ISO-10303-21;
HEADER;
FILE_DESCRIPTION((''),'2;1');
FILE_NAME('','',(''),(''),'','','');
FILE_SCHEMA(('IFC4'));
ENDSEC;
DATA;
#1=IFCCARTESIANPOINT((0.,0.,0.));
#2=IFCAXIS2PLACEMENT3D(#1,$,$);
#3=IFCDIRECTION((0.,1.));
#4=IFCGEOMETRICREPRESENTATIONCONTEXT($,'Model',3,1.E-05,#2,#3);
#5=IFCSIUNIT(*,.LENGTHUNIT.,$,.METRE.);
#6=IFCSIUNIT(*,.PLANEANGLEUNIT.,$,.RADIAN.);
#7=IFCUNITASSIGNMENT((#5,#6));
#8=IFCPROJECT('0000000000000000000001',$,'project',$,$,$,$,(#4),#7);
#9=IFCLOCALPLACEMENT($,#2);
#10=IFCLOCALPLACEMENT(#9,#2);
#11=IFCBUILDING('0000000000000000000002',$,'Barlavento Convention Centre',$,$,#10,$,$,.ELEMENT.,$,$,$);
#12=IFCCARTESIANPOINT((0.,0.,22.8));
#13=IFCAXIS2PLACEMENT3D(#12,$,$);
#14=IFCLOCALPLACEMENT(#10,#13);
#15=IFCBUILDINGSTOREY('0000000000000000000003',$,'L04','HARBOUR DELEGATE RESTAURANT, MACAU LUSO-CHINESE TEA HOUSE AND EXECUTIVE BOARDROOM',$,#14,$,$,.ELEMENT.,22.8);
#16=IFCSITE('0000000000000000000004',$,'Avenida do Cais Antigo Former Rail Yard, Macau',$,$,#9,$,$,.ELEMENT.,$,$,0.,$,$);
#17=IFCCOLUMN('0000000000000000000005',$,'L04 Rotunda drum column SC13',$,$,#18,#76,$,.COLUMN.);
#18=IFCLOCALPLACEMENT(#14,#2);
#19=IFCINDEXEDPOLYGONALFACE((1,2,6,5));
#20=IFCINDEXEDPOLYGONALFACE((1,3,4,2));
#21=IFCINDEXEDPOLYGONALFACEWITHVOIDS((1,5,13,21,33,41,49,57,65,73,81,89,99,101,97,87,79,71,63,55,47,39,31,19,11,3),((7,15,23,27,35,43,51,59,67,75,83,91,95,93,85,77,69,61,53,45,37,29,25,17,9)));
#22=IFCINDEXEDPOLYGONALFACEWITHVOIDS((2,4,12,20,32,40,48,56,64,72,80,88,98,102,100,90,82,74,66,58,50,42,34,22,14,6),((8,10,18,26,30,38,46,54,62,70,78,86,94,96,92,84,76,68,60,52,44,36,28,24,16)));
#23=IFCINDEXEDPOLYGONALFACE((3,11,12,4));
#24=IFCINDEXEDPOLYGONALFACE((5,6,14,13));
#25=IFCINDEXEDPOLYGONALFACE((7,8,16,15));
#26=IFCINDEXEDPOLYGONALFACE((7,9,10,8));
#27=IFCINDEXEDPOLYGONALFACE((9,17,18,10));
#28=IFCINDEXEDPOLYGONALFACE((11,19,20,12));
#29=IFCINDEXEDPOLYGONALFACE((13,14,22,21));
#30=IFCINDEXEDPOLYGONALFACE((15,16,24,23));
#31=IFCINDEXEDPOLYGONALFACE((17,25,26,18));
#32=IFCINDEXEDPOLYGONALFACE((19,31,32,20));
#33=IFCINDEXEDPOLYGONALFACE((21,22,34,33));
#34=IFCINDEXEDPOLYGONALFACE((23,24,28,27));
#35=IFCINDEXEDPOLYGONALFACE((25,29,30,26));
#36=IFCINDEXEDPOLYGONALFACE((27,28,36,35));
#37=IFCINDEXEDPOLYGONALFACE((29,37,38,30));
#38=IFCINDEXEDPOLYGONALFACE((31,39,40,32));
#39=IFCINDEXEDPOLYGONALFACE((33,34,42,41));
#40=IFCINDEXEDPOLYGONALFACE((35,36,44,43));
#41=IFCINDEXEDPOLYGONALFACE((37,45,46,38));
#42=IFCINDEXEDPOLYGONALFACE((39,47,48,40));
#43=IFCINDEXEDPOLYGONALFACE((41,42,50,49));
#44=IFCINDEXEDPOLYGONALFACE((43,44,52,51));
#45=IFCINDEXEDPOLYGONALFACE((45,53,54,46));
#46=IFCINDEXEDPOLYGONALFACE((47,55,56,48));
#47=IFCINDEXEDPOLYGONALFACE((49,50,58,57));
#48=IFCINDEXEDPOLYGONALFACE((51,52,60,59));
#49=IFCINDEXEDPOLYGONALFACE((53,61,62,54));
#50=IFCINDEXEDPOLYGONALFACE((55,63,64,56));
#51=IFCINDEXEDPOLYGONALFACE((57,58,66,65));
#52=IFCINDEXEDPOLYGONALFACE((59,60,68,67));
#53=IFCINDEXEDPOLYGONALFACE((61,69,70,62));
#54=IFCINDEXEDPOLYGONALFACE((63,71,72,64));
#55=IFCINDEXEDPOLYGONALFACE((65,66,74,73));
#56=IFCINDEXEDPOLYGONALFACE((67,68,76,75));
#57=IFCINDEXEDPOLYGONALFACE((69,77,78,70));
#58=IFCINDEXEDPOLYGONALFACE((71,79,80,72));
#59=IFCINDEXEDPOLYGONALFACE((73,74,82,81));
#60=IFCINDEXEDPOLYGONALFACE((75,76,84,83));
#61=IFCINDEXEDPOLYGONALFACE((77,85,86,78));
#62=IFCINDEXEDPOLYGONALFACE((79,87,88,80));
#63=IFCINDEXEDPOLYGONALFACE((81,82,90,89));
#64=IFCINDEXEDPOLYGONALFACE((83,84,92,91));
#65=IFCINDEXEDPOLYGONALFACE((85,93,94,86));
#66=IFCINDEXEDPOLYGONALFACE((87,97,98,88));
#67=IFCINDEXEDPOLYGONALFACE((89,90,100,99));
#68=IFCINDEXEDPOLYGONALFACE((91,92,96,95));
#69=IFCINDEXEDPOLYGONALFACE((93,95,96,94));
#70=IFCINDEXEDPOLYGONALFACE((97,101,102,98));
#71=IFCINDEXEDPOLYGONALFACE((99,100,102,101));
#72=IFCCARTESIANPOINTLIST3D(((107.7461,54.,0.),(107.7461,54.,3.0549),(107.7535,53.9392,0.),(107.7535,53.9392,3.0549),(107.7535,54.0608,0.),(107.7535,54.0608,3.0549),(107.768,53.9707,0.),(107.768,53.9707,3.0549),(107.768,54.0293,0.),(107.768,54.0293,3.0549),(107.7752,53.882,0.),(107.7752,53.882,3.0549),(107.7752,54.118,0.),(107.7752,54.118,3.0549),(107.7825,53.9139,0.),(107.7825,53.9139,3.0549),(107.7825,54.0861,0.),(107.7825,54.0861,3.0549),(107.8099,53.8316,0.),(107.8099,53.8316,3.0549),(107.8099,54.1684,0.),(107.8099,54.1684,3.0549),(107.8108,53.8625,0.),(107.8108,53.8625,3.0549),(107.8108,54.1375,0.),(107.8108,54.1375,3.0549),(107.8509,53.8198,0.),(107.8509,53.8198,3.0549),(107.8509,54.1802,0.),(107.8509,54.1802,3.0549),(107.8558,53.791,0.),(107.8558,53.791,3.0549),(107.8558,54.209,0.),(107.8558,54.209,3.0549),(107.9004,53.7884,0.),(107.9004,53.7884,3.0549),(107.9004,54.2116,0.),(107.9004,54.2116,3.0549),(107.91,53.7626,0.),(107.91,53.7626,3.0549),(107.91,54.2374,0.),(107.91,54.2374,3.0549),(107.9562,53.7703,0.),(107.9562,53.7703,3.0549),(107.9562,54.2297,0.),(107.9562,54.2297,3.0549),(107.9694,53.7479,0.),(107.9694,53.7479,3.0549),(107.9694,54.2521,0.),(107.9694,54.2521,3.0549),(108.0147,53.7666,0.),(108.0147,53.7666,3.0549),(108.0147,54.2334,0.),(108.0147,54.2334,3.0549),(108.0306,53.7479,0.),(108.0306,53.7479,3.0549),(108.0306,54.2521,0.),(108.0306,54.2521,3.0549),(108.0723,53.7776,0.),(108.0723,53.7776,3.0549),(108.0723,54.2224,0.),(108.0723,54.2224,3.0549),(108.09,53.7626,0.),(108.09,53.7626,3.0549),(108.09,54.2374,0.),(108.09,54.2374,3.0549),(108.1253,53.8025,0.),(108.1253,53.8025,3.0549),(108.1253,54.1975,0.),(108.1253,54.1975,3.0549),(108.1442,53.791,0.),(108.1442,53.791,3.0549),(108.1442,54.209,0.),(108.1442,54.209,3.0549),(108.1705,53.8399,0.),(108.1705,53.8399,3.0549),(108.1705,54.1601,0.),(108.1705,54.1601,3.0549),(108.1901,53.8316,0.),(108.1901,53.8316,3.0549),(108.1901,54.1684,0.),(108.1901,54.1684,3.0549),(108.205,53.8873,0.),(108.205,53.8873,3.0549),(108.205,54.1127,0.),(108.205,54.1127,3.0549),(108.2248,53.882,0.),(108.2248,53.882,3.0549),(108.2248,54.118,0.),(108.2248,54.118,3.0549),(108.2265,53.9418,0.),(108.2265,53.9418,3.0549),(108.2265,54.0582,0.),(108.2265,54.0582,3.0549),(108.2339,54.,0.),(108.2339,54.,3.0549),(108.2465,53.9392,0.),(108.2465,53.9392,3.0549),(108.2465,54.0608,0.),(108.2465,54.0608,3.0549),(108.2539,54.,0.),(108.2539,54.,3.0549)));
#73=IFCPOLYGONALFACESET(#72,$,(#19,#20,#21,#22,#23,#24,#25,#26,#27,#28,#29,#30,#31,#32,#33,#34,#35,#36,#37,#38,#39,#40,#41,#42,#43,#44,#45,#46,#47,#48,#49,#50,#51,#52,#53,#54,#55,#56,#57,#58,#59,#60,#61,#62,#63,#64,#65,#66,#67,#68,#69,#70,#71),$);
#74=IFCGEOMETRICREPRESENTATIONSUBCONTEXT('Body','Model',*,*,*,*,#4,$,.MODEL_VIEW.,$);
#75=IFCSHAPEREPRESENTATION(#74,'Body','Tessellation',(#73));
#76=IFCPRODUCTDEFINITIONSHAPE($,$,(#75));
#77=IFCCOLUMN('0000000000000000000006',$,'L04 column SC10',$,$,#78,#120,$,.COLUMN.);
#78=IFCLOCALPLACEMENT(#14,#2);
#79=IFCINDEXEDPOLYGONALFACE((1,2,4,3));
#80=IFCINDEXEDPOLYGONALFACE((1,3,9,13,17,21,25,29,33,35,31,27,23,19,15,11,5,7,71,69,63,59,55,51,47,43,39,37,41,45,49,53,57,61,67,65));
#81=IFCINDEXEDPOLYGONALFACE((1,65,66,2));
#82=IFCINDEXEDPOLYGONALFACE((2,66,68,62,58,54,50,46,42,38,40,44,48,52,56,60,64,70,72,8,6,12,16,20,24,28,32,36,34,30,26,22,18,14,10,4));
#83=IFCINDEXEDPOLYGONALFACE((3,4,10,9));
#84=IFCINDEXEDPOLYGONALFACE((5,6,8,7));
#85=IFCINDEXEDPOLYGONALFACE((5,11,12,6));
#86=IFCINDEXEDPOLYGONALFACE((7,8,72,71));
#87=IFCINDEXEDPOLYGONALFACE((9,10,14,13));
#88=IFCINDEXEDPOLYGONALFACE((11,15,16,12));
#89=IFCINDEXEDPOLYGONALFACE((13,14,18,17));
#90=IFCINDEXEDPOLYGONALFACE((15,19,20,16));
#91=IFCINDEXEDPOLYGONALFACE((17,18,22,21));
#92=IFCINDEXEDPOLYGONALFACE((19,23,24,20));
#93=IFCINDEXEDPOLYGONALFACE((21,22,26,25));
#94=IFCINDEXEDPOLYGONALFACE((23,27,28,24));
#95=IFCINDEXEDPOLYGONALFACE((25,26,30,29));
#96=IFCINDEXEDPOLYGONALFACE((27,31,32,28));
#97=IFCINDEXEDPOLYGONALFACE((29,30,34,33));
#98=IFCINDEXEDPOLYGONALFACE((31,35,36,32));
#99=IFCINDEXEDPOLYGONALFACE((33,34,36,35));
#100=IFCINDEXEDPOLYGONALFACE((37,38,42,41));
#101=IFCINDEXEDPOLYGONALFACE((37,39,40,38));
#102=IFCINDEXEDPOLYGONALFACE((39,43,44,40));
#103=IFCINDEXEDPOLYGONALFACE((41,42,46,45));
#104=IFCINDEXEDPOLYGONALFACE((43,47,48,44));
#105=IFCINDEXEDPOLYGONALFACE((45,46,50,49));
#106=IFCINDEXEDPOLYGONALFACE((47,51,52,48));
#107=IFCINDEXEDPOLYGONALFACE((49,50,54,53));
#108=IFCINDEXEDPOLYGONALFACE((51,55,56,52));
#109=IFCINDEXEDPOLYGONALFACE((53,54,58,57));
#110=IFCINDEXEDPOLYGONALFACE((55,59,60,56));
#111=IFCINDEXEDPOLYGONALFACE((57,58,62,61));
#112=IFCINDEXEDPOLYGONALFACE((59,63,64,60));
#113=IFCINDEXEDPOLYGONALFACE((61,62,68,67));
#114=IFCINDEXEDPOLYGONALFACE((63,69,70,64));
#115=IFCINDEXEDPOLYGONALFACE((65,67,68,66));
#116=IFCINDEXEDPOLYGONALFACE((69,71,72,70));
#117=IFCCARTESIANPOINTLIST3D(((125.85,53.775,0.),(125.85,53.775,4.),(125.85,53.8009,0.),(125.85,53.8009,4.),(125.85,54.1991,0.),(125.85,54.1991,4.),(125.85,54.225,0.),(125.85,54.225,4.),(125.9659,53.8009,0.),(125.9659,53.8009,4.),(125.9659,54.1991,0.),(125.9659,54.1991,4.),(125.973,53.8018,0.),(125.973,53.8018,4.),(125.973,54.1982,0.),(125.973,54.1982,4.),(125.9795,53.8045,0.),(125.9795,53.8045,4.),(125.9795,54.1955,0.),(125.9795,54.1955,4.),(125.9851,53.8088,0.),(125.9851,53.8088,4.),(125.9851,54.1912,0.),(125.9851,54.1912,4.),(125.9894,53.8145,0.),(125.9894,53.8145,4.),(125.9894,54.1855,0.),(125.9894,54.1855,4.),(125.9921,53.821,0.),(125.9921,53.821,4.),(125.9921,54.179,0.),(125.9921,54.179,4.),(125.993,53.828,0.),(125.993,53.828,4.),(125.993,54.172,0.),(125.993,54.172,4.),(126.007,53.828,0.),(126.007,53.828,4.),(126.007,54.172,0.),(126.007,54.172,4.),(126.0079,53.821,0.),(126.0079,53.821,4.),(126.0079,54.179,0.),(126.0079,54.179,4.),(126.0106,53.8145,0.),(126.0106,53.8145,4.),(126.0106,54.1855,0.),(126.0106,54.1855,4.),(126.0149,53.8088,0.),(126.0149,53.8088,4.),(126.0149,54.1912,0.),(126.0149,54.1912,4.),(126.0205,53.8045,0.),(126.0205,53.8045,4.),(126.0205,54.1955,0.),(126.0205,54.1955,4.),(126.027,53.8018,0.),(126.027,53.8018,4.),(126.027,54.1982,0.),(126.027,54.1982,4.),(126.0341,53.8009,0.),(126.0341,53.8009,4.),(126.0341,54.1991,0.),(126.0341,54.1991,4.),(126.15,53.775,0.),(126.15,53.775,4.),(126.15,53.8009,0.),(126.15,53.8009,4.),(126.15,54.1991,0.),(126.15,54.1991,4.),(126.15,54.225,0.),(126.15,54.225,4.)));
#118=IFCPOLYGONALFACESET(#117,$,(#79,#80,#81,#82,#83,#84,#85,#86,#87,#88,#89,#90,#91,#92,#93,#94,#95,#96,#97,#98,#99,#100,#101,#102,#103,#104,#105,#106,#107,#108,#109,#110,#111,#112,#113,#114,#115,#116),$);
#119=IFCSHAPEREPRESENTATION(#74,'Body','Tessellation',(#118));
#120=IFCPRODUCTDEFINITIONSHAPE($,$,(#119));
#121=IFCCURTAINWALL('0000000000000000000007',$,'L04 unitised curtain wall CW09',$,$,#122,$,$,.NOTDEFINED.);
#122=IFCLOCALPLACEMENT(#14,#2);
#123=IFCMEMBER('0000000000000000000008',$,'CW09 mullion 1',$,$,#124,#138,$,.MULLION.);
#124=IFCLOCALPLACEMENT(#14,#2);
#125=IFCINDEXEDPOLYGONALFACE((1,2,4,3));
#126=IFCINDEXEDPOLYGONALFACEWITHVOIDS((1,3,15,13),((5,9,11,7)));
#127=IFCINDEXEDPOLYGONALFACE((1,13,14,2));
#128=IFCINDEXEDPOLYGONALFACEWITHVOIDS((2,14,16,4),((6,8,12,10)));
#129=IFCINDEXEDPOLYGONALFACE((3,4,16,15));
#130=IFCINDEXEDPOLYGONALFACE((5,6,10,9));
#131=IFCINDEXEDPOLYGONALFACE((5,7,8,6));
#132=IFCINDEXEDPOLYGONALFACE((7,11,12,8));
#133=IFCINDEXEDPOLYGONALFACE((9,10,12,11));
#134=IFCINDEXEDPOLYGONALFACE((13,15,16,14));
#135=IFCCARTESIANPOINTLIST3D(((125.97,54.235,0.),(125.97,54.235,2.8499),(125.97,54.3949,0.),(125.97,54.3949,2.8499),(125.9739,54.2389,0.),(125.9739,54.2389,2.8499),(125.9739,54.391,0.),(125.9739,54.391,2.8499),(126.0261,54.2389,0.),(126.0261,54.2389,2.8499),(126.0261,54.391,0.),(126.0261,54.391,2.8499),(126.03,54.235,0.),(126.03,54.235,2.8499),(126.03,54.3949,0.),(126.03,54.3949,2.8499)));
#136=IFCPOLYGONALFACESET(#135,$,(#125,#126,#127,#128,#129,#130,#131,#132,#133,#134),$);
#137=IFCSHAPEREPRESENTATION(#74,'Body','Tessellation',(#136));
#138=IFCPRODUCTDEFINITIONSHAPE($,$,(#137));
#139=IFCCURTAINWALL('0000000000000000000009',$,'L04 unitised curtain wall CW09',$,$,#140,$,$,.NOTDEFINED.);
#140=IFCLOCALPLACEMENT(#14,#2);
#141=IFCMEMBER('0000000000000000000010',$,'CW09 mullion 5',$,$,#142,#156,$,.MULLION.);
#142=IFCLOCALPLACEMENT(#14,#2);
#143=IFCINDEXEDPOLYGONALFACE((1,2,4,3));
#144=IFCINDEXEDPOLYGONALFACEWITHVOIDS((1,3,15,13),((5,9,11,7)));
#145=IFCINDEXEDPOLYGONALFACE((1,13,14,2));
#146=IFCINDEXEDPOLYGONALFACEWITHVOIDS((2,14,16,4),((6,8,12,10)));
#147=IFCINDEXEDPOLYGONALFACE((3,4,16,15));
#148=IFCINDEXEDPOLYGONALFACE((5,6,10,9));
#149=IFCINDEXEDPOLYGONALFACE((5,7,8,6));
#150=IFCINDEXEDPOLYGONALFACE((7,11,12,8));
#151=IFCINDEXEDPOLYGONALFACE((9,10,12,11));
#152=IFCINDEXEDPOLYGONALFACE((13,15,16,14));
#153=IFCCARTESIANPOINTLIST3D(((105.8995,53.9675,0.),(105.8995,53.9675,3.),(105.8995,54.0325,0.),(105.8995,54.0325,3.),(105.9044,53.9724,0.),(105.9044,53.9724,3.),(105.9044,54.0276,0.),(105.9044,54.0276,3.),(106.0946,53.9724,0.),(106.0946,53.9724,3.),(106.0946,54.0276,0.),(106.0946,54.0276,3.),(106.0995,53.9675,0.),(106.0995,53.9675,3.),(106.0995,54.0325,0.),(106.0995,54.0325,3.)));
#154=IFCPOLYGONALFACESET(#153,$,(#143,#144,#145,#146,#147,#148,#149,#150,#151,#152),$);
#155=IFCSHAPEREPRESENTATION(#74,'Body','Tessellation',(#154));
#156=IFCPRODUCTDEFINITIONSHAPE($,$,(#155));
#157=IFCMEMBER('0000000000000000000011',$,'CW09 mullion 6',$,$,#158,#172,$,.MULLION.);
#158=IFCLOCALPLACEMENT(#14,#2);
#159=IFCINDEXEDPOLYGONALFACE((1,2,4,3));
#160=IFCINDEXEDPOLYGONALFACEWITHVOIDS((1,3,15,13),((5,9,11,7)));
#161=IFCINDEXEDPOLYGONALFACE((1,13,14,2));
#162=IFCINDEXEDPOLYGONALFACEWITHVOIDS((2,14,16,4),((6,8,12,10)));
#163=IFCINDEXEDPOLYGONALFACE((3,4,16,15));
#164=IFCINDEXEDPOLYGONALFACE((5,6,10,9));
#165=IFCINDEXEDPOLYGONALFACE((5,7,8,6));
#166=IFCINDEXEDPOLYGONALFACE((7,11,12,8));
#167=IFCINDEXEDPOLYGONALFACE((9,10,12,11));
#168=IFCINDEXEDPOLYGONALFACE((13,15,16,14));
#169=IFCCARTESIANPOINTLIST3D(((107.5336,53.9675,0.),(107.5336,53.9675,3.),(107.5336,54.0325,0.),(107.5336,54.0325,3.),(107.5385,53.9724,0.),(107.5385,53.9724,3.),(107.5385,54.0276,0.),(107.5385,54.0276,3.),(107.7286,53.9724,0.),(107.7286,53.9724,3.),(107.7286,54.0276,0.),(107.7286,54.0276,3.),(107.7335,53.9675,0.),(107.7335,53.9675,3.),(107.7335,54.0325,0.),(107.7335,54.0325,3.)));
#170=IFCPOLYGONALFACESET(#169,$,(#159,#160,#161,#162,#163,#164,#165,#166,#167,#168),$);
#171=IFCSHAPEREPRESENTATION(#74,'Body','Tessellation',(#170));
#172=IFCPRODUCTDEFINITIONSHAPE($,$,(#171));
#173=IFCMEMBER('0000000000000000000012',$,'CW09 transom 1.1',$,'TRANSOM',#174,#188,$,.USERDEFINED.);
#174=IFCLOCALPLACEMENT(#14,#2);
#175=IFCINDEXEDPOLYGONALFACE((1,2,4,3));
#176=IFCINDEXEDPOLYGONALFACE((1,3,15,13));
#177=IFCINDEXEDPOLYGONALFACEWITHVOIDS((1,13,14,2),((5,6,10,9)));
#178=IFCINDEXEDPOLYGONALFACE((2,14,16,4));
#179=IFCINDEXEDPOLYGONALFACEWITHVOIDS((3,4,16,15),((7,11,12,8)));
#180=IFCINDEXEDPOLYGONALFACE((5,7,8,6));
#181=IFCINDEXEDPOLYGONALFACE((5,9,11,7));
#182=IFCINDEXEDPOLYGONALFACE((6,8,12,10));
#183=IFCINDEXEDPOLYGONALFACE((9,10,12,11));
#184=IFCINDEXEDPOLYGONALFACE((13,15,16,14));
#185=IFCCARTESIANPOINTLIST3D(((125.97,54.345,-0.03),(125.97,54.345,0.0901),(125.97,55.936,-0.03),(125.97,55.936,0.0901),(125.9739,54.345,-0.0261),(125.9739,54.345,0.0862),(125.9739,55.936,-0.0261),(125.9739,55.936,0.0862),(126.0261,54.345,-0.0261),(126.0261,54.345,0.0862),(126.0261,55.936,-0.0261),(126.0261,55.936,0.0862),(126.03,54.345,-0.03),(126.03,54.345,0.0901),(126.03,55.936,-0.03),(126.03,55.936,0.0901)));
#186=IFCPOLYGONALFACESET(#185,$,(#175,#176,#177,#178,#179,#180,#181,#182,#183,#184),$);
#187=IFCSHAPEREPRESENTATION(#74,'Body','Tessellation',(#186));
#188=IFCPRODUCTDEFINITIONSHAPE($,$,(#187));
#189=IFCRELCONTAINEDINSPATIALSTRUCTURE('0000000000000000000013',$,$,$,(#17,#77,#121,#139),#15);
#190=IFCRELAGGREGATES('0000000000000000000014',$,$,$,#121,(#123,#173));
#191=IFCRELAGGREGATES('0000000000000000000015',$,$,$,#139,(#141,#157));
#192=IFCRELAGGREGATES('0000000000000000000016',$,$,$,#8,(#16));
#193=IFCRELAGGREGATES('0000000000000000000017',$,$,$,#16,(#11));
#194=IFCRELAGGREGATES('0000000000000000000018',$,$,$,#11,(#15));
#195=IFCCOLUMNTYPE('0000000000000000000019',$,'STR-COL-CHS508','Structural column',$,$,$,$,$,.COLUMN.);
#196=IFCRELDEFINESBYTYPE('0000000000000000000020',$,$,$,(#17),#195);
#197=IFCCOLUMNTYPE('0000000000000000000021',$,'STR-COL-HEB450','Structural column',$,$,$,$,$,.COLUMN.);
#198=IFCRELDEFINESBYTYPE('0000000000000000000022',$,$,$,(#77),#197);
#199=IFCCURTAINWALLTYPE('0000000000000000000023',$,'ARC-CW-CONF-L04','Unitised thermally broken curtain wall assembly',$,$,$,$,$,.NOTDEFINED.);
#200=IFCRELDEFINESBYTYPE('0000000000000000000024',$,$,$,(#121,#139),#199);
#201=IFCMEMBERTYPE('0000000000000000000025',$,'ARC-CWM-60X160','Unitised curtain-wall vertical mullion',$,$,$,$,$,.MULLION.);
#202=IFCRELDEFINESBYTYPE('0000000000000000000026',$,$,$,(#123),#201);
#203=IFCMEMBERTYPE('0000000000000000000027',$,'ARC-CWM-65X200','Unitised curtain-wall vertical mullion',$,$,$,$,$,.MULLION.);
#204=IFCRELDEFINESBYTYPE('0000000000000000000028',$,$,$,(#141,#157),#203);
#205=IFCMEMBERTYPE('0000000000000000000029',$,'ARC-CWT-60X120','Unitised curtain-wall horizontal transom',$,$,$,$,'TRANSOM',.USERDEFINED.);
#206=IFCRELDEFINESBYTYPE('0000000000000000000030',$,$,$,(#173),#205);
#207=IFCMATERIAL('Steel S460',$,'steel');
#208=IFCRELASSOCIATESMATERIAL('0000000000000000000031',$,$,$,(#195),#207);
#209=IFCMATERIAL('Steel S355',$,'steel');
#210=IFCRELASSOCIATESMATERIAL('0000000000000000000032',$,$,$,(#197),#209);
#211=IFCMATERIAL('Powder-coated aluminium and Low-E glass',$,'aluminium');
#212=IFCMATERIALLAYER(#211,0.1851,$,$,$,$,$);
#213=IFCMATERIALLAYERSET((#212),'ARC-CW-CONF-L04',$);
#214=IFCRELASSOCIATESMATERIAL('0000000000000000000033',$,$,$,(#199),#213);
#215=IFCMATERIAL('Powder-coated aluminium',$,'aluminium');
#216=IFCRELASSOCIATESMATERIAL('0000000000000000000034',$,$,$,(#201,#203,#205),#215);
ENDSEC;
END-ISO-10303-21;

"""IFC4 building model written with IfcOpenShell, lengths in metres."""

from ifc_helpers import new_model, si_unit, direction, frame, origin, origin_2d, place, context, subcontext, project, spatial, hollow_rectangle, hollow_circle, i_section, extrude, material, layer, layer_set, material_profile, profile_set, type_object, element, aggregate, save


model = new_model("IFC4")

# Units and contexts
model_context = context("Model", 3, precision=1e-05, world=origin(), true_north=direction((0.0, 1.0)))
body_context = subcontext(model_context, "Body", "Model", "MODEL_VIEW")
ifc_project = project(units=[si_unit("LENGTHUNIT", "METRE"), si_unit("PLANEANGLEUNIT", "RADIAN")], contexts=[model_context])

# Site, building, storey
site_placement = place(None, origin())
site = spatial("IfcSite", under=ifc_project, at=site_placement, Name="Avenida do Cais Antigo Former Rail Yard, Macau", CompositionType="ELEMENT", RefElevation=0.0)
building_placement = place(site_placement, origin())
building = spatial("IfcBuilding", under=site, at=building_placement, Name="Barlavento Convention Centre", CompositionType="ELEMENT")
storey_placement = place(building_placement, frame((0.0, 0.0, 22.8)))
storey = spatial("IfcBuildingStorey", under=building, at=storey_placement, Name="L04", Description="HARBOUR DELEGATE RESTAURANT, MACAU LUSO-CHINESE TEA HOUSE AND EXECUTIVE BOARDROOM", CompositionType="ELEMENT", Elevation=22.8)

# Columns
ifc_material_1 = material(Name="Steel S460", Category="steel")
ifc_material_profile_1 = material_profile(ifc_material_1, hollow_circle(Radius=0.2539, WallThickness=0.02, at=origin_2d()), Name="CHS 508.0x20.0")
ifc_profile_set_1 = profile_set([ifc_material_profile_1], Name="Steel S460")
column_type_1 = type_object("IfcColumnType", Name="STR-COL-CHS508", Description="Structural column", PredefinedType="COLUMN", material=ifc_profile_set_1)
column_1_placement = place(storey_placement, frame((108.0, 54.0, 0.0), z_axis=(0.0, 0.0, 1.0), x_axis=(1.0, 0.0, 0.0)))
element("IfcColumn", 1, at=column_1_placement, inside=storey, type_object=column_type_1, Name="L04 Rotunda drum column SC13", PredefinedType="COLUMN", context=body_context, shape_type="SweptSolid", body=[
    extrude(hollow_circle(Radius=0.2539, WallThickness=0.02, at=origin_2d()), origin(), (0.0, 0.0, 1.0), 3.0549),
])
ifc_material_2 = material(Name="Steel S355", Category="steel")
ifc_material_profile_2 = material_profile(ifc_material_2, i_section(OverallWidth=0.3, OverallDepth=0.45, WebThickness=0.0139, FlangeThickness=0.0259, FilletRadius=0.0271, at=origin_2d()), Name="HEB 450")
ifc_profile_set_2 = profile_set([ifc_material_profile_2], Name="Steel S355")
column_type_2 = type_object("IfcColumnType", Name="STR-COL-HEB450", Description="Structural column", PredefinedType="COLUMN", material=ifc_profile_set_2)
column_2_placement = place(storey_placement, frame((126.0, 54.0, 0.0), z_axis=(0.0, 0.0, 1.0), x_axis=(1.0, 0.0, 0.0)))
element("IfcColumn", 2, at=column_2_placement, inside=storey, type_object=column_type_2, Name="L04 column SC10", PredefinedType="COLUMN", context=body_context, shape_type="SweptSolid", body=[
    extrude(i_section(OverallWidth=0.3, OverallDepth=0.45, WebThickness=0.0139, FlangeThickness=0.0259, FilletRadius=0.0271, at=origin_2d()), origin(), (0.0, 0.0, 1.0), 4.0),
])

# Curtain wall, member
ifc_material_3 = material(Name="Powder-coated aluminium and Low-E glass", Category="aluminium")
ifc_layer_1 = layer(ifc_material_3, 0.1851)
ifc_layer_set_1 = layer_set([ifc_layer_1], Name="ARC-CW-CONF-L04")
curtain_wall_type = type_object("IfcCurtainWallType", Name="ARC-CW-CONF-L04", Description="Unitised thermally broken curtain wall assembly", PredefinedType="NOTDEFINED", material=ifc_layer_set_1)
curtain_wall_1_placement = place(storey_placement, origin())
curtain_wall_1 = element("IfcCurtainWall", 3, at=curtain_wall_1_placement, inside=storey, type_object=curtain_wall_type, Name="L04 unitised curtain wall CW09", PredefinedType="NOTDEFINED")
ifc_material_4 = material(Name="Powder-coated aluminium", Category="aluminium")
ifc_material_profile_3 = material_profile(ifc_material_4, hollow_rectangle(XDim=0.0601, YDim=0.1599, WallThickness=0.0039, at=origin_2d()), Name="AL-MULL 60x160x4")
ifc_profile_set_3 = profile_set([ifc_material_profile_3], Name="Powder-coated aluminium")
member_type_1 = type_object("IfcMemberType", Name="ARC-CWM-60X160", Description="Unitised curtain-wall vertical mullion", PredefinedType="MULLION", material=ifc_profile_set_3)
member_1_placement = place(storey_placement, frame((126.0, 54.3149, 0.0), z_axis=(0.0, 0.0, 1.0), x_axis=(-1.0, 0.0, 0.0)))
member_1 = element("IfcMember", 4, at=member_1_placement, type_object=member_type_1, Name="CW09 mullion 1", PredefinedType="MULLION", context=body_context, shape_type="SweptSolid", body=[
    extrude(hollow_rectangle(XDim=0.0601, YDim=0.1599, WallThickness=0.0039, at=origin_2d()), origin(), (0.0, 0.0, 1.0), 2.8499),
])

# Curtain wall, members
curtain_wall_2_placement = place(storey_placement, origin())
curtain_wall_2 = element("IfcCurtainWall", 5, at=curtain_wall_2_placement, inside=storey, type_object=curtain_wall_type, Name="L04 unitised curtain wall CW09", PredefinedType="NOTDEFINED")
ifc_material_profile_4 = material_profile(ifc_material_4, hollow_rectangle(XDim=0.0649, YDim=0.2, WallThickness=0.0049, at=origin_2d()), Name="AL-MULL 65x200x5")
ifc_profile_set_4 = profile_set([ifc_material_profile_4], Name="Powder-coated aluminium")
member_type_2 = type_object("IfcMemberType", Name="ARC-CWM-65X200", Description="Unitised curtain-wall vertical mullion", PredefinedType="MULLION", material=ifc_profile_set_4)
member_2_placement = place(storey_placement, frame((105.9995, 54.0, 0.0), z_axis=(0.0, 0.0, 1.0), x_axis=(0.0, 1.0, 0.0)))
member_2 = element("IfcMember", 6, at=member_2_placement, type_object=member_type_2, Name="CW09 mullion 5", PredefinedType="MULLION", context=body_context, shape_type="SweptSolid", body=[
    extrude(hollow_rectangle(XDim=0.0649, YDim=0.2, WallThickness=0.0049, at=origin_2d()), origin(), (0.0, 0.0, 1.0), 3.0),
])
member_3_placement = place(storey_placement, frame((107.6335, 54.0, 0.0), z_axis=(0.0, 0.0, 1.0), x_axis=(0.0, 1.0, 0.0)))
member_3 = element("IfcMember", 7, at=member_3_placement, type_object=member_type_2, Name="CW09 mullion 6", PredefinedType="MULLION", context=body_context, shape_type="SweptSolid", body=[
    extrude(hollow_rectangle(XDim=0.0649, YDim=0.2, WallThickness=0.0049, at=origin_2d()), origin(), (0.0, 0.0, 1.0), 3.0),
])

# Member
ifc_material_profile_5 = material_profile(ifc_material_4, hollow_rectangle(XDim=0.0601, YDim=0.1201, WallThickness=0.0039, at=origin_2d()), Name="AL-TRAN 60x120x4")
ifc_profile_set_5 = profile_set([ifc_material_profile_5], Name="Powder-coated aluminium")
member_type_3 = type_object("IfcMemberType", Name="ARC-CWT-60X120", Description="Unitised curtain-wall horizontal transom", ElementType="TRANSOM", PredefinedType="USERDEFINED", material=ifc_profile_set_5)
member_4_placement = place(storey_placement, frame((126.0, 54.345, 0.03), z_axis=(0.0, 1.0, 0.0), x_axis=(-1.0, 0.0, 0.0)))
member_4 = element("IfcMember", 8, at=member_4_placement, type_object=member_type_3, Name="CW09 transom 1.1", ObjectType="TRANSOM", PredefinedType="USERDEFINED", context=body_context, shape_type="SweptSolid", body=[
    extrude(hollow_rectangle(XDim=0.0601, YDim=0.1201, WallThickness=0.0039, at=origin_2d()), origin(), (0.0, 0.0, 1.0), 1.5911),
])
aggregate(curtain_wall_1, [member_1, member_4])

aggregate(curtain_wall_2, [member_2, member_3])

save(model, "model.ifc")
